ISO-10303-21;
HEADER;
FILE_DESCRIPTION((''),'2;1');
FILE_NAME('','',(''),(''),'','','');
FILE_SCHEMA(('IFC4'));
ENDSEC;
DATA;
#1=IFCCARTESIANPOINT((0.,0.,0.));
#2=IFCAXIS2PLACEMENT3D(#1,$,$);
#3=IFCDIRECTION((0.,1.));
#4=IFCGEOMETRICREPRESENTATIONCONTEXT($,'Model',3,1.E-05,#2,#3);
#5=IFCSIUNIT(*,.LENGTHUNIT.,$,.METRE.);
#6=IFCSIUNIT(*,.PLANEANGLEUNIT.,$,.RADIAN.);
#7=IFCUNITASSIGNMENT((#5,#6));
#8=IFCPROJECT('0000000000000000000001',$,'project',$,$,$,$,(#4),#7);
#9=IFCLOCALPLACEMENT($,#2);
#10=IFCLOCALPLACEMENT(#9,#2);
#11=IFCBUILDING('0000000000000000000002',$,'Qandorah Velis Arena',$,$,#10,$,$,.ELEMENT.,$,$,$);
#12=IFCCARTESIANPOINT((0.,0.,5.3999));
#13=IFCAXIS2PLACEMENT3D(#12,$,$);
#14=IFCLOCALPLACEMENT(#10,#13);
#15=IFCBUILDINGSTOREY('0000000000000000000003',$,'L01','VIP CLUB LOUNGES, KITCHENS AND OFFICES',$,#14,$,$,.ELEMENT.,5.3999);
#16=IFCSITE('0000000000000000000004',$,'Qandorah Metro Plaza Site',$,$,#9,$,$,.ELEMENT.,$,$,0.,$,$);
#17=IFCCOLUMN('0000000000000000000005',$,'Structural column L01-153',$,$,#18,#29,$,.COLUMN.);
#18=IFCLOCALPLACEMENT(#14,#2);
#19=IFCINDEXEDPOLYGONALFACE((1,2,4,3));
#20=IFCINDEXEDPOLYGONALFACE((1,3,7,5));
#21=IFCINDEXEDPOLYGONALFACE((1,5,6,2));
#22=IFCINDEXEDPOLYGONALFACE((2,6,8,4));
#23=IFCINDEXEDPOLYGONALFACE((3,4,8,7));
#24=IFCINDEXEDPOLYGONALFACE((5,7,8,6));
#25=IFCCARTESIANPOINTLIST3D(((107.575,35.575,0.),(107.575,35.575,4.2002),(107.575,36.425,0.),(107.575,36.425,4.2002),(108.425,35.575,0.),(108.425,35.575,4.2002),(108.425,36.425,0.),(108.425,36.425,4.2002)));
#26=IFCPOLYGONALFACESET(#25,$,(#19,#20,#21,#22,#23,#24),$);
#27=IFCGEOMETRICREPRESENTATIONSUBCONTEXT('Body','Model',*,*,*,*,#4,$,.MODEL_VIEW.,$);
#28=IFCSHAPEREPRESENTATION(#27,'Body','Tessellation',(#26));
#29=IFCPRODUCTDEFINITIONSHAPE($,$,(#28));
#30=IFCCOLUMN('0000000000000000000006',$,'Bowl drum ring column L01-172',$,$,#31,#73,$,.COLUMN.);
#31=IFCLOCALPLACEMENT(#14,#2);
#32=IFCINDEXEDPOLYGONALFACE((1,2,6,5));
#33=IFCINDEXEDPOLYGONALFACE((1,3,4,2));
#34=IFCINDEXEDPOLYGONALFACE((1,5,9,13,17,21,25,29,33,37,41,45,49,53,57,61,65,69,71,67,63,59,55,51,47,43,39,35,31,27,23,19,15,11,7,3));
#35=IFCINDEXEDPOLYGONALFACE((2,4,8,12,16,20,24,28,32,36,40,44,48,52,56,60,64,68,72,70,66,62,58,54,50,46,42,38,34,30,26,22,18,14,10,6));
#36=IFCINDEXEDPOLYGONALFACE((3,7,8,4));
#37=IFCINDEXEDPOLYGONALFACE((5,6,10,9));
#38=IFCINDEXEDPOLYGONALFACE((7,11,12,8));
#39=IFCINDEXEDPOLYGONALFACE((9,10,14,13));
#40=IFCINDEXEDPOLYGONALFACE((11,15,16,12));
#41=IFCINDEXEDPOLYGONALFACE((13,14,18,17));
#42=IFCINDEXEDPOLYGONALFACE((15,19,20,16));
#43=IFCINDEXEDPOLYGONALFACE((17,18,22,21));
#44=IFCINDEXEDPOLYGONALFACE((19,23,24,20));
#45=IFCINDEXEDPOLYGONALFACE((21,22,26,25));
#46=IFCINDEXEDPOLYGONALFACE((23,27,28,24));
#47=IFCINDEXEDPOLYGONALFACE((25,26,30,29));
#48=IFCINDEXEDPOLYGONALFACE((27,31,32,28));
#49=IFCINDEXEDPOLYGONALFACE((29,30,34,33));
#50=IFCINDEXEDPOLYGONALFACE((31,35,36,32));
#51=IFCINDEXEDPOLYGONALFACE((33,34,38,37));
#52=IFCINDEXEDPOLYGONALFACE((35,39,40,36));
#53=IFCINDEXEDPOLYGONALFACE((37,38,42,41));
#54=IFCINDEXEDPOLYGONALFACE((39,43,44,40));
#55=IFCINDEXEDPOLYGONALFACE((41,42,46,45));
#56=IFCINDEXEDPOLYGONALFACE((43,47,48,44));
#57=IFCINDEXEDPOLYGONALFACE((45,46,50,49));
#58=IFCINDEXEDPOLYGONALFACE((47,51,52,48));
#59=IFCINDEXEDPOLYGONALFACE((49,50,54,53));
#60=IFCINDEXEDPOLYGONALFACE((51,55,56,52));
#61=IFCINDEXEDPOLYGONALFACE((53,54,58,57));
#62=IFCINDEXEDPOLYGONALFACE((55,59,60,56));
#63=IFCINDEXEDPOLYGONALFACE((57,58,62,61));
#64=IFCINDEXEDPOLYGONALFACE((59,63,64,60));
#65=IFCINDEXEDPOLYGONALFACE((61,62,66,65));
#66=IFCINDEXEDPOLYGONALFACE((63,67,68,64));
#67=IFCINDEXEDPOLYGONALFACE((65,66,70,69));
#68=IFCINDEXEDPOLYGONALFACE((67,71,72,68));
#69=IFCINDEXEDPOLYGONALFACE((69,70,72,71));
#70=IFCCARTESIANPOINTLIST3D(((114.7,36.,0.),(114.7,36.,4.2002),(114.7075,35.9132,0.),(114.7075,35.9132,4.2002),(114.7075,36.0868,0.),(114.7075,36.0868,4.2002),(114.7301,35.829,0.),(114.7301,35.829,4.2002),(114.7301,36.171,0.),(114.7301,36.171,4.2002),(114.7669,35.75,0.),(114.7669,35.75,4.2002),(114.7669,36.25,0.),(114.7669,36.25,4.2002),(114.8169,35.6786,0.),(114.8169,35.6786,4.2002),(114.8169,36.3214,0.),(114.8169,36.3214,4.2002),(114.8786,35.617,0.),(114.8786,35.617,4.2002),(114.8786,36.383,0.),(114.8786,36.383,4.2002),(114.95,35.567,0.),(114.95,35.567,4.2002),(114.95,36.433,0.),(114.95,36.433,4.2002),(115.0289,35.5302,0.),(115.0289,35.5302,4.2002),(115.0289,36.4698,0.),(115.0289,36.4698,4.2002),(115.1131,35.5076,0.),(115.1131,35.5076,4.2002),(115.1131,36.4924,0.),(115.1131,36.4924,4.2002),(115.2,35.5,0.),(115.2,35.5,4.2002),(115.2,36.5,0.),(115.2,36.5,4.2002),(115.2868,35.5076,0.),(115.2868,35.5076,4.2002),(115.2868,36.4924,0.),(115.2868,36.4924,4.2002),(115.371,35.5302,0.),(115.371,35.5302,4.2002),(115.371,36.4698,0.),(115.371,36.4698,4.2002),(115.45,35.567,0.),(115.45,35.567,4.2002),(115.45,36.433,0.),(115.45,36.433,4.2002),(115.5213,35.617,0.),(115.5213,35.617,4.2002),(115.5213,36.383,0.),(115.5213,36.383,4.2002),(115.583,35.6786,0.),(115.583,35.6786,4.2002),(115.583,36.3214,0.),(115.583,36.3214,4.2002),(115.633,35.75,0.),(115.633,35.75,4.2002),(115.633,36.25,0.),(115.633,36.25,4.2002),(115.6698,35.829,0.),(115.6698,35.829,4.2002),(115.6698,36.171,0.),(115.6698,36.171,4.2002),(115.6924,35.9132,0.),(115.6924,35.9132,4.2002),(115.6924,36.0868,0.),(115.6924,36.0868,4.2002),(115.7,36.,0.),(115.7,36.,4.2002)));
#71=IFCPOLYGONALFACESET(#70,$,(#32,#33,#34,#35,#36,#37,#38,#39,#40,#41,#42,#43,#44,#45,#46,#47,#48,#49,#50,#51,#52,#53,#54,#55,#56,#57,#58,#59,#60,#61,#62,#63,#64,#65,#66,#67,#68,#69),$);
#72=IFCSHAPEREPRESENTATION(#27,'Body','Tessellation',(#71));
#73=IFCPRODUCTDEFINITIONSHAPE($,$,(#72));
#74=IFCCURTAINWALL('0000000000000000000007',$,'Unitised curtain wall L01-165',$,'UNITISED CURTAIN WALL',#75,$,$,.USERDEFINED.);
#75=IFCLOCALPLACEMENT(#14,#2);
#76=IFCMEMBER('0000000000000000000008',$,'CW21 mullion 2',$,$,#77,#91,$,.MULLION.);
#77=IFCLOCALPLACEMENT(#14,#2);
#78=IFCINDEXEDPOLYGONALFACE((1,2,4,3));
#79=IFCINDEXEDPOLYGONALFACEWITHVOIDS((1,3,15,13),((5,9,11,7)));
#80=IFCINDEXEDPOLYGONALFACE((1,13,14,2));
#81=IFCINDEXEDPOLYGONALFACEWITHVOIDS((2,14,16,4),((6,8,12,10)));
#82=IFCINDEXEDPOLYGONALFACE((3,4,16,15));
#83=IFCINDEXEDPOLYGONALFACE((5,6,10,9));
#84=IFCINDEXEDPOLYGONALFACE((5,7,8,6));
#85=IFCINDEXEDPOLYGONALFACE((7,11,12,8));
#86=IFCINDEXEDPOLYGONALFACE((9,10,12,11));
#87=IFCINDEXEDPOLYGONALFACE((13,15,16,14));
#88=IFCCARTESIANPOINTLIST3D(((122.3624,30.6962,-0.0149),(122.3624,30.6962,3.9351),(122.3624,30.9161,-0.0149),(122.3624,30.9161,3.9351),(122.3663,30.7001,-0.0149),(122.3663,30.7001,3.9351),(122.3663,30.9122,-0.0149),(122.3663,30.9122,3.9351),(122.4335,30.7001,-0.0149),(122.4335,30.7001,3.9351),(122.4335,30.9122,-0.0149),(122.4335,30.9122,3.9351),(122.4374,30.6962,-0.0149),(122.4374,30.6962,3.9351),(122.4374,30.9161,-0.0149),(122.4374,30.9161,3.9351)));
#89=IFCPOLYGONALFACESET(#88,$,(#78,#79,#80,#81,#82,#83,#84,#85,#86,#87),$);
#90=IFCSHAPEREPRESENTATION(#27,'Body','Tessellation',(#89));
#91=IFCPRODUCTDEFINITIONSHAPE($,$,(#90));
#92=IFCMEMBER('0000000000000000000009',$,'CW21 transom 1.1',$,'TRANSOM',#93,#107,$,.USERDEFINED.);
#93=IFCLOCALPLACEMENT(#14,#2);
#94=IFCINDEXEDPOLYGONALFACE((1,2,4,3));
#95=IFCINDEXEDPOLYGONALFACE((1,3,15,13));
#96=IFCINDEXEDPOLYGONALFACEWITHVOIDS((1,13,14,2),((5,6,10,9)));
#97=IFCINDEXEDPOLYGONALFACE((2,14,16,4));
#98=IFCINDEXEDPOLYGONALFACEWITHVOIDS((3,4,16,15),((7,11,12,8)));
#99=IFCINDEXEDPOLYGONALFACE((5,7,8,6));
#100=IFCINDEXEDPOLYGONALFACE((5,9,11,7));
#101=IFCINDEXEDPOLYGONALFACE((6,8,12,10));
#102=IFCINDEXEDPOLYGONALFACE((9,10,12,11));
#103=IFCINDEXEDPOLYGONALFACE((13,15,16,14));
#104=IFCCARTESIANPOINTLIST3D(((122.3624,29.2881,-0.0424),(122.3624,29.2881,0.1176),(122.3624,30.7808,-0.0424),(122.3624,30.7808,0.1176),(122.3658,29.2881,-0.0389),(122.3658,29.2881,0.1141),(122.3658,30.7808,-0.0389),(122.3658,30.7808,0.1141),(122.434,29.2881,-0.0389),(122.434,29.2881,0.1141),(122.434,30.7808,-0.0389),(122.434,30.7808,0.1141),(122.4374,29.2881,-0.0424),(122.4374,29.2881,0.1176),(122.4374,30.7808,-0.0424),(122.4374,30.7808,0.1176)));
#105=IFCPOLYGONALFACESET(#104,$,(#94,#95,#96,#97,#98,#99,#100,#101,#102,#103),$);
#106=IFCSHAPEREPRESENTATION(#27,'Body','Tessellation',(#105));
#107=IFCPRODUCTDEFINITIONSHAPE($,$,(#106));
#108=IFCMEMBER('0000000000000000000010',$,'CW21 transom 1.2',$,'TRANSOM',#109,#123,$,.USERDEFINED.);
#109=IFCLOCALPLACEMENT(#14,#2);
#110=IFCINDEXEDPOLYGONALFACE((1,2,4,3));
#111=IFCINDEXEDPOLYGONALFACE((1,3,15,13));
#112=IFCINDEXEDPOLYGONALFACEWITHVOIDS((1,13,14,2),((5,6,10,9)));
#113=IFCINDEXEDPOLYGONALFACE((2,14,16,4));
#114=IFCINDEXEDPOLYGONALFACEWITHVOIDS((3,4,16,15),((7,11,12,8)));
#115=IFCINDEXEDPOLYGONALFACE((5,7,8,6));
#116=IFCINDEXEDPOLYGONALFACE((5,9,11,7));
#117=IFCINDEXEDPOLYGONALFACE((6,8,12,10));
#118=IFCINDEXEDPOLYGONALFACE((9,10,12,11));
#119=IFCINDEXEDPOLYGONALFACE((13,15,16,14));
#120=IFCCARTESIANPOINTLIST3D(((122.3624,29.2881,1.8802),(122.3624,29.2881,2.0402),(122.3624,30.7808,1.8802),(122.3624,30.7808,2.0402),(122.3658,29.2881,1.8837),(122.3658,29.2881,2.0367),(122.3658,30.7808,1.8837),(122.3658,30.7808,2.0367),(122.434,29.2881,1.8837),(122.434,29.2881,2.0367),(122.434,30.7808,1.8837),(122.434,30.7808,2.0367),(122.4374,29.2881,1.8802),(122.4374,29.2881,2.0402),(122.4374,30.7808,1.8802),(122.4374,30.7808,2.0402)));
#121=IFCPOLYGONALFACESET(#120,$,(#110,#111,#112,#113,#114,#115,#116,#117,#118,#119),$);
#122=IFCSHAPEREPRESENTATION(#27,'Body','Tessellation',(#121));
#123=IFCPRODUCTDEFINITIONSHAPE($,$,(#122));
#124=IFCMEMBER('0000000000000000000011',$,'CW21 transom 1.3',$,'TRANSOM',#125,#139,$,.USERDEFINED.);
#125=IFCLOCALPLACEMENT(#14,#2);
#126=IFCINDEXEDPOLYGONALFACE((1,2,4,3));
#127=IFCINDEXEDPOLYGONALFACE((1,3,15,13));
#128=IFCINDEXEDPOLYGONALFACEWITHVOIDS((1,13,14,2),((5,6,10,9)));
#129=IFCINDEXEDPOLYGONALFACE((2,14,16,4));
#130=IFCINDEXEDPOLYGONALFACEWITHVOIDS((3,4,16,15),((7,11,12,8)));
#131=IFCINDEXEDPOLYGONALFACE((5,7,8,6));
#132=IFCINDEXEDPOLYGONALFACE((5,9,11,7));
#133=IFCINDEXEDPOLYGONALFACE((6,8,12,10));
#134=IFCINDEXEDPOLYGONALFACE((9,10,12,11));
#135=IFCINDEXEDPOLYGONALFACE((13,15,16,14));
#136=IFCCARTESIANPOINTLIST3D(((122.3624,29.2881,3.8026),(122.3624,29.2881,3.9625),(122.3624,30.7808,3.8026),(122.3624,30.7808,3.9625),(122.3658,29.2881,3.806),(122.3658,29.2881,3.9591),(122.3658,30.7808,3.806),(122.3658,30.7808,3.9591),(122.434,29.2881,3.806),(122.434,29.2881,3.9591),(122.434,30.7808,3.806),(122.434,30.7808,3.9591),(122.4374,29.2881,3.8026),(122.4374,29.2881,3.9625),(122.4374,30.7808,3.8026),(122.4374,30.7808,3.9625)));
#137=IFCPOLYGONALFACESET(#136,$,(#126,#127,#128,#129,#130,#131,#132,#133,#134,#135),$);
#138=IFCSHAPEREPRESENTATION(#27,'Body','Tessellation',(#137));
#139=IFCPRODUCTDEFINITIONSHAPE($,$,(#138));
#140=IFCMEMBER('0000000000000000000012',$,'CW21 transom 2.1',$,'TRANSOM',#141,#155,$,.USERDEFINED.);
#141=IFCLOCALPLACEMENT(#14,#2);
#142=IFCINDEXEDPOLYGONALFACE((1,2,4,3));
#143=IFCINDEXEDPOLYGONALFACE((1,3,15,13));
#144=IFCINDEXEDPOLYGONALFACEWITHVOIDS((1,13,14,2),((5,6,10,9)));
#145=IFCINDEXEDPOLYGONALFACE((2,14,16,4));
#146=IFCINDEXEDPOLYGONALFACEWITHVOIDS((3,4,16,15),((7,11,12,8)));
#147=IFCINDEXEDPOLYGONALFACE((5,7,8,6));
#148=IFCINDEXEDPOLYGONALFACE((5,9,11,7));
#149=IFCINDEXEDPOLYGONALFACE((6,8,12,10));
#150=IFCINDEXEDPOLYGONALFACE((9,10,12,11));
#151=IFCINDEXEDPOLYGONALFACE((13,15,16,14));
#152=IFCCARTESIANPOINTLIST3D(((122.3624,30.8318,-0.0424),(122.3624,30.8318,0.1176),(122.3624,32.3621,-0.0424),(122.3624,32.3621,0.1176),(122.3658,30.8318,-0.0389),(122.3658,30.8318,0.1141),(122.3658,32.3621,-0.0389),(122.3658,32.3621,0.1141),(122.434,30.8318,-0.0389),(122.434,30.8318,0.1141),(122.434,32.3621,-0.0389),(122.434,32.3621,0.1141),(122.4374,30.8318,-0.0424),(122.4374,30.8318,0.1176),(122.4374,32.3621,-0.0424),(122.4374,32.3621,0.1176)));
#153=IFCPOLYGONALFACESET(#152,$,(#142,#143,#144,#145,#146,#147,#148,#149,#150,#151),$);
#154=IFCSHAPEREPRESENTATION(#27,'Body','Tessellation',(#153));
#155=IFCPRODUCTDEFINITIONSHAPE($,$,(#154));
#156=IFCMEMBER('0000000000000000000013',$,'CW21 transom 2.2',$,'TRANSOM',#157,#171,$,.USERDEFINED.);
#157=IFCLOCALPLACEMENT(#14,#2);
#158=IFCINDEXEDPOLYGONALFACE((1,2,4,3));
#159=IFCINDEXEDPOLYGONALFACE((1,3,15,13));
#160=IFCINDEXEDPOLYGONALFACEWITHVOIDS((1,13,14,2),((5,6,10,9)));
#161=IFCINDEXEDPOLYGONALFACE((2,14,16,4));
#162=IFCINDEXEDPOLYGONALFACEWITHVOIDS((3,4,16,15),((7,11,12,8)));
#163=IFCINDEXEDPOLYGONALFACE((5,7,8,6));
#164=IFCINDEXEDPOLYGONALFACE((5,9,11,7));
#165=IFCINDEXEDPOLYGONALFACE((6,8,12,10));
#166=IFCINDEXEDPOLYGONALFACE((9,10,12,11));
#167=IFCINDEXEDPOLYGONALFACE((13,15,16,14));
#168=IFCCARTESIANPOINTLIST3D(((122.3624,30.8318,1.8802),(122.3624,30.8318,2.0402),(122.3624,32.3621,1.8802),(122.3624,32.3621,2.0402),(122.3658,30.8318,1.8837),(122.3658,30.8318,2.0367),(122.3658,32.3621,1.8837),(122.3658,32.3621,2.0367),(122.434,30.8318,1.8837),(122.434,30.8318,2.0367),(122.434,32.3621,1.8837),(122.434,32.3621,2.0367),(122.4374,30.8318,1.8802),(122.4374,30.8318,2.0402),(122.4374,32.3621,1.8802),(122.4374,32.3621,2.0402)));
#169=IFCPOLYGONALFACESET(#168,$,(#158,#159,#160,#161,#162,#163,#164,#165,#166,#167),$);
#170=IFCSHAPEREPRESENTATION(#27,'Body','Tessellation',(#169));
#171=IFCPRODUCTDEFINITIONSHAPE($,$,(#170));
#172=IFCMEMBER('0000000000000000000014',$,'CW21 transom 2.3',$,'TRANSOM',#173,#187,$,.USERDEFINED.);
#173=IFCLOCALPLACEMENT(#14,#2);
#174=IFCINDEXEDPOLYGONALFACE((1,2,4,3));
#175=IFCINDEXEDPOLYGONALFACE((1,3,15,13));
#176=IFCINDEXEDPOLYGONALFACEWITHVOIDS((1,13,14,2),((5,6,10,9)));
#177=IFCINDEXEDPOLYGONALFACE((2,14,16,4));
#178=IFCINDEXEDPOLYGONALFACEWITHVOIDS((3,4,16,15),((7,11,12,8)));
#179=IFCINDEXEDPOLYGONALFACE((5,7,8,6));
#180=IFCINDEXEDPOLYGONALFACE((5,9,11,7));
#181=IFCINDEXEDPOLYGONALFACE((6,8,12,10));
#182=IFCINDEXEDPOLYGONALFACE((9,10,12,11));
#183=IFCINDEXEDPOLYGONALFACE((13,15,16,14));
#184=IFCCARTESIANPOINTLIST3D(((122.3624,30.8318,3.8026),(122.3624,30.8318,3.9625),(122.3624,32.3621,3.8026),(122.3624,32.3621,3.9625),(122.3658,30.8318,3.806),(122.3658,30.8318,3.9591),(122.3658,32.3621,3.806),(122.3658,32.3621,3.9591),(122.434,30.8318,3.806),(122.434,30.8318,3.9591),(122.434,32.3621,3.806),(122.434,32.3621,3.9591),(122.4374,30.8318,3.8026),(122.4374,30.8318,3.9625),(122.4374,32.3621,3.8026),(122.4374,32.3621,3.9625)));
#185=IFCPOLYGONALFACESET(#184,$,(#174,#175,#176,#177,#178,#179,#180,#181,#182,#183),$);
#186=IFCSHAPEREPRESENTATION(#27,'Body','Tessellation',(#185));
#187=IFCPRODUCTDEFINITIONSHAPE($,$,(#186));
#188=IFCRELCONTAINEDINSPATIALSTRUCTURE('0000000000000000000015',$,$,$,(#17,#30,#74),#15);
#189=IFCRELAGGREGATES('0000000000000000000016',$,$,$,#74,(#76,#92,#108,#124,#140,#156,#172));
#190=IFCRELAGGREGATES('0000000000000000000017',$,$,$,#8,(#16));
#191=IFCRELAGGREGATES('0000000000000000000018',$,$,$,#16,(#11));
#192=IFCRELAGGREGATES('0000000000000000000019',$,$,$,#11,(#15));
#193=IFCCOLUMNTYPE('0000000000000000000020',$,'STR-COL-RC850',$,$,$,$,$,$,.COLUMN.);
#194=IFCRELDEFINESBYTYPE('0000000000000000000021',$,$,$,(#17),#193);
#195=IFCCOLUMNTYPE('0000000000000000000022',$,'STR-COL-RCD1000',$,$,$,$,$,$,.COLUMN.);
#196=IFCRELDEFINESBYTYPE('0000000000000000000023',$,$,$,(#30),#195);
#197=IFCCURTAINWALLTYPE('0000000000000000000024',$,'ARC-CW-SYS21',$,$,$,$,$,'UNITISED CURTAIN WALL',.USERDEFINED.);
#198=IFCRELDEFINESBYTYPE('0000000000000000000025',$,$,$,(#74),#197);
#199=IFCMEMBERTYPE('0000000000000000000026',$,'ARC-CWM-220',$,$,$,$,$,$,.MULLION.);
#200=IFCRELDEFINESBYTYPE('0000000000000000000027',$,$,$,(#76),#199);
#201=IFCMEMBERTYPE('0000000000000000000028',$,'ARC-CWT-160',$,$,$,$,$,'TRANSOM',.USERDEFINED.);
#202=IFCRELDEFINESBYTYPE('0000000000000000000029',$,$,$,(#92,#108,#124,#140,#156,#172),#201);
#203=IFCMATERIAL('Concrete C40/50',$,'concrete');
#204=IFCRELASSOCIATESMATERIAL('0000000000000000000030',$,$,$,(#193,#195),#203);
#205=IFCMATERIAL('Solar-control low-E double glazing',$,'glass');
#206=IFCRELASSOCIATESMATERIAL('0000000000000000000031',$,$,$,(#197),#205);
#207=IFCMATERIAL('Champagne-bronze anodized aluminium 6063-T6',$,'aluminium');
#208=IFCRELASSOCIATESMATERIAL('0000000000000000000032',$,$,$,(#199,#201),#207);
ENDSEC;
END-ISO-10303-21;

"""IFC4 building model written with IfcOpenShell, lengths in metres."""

from ifc_helpers import new_model, si_unit, direction, frame, origin, origin_2d, place, context, subcontext, project, spatial, rectangle, hollow_rectangle, circle, extrude, material, material_profile, profile_set, type_object, element, aggregate, save


model = new_model("IFC4")

# Units and contexts
model_context = context("Model", 3, precision=1e-05, world=origin(), true_north=direction((0.0, 1.0)))
body_context = subcontext(model_context, "Body", "Model", "MODEL_VIEW")
ifc_project = project(units=[si_unit("LENGTHUNIT", "METRE"), si_unit("PLANEANGLEUNIT", "RADIAN")], contexts=[model_context])

# Site, building, storey
site_placement = place(None, origin())
site = spatial("IfcSite", under=ifc_project, at=site_placement, Name="Qandorah Metro Plaza Site", CompositionType="ELEMENT", RefElevation=0.0)
building_placement = place(site_placement, origin())
building = spatial("IfcBuilding", under=site, at=building_placement, Name="Qandorah Velis Arena", CompositionType="ELEMENT")
storey_placement = place(building_placement, frame((0.0, 0.0, 5.3999)))
storey = spatial("IfcBuildingStorey", under=building, at=storey_placement, Name="L01", Description="VIP CLUB LOUNGES, KITCHENS AND OFFICES", CompositionType="ELEMENT", Elevation=5.3999)

# Columns
ifc_material_1 = material(Name="Concrete C40/50", Category="concrete")
ifc_material_profile_1 = material_profile(ifc_material_1, rectangle(XDim=0.8501, YDim=0.8501, at=origin_2d()), Name="RC COL 850x850")
ifc_profile_set_1 = profile_set([ifc_material_profile_1], Name="Concrete C40/50")
column_type_1 = type_object("IfcColumnType", Name="STR-COL-RC850", PredefinedType="COLUMN", material=ifc_profile_set_1)
column_1_placement = place(storey_placement, frame((108.0, 36.0, 0.0), z_axis=(0.0, 0.0, 1.0), x_axis=(1.0, 0.0, 0.0)))
element("IfcColumn", 1, at=column_1_placement, inside=storey, type_object=column_type_1, Name="Structural column L01-153", PredefinedType="COLUMN", context=body_context, shape_type="SweptSolid", body=[
    extrude(rectangle(XDim=0.8501, YDim=0.8501, at=origin_2d()), origin(), (0.0, 0.0, 1.0), 4.2002),
])
ifc_material_profile_2 = material_profile(ifc_material_1, circle(Radius=0.5, at=origin_2d()), Name="RC D1000")
ifc_profile_set_2 = profile_set([ifc_material_profile_2], Name="Concrete C40/50")
column_type_2 = type_object("IfcColumnType", Name="STR-COL-RCD1000", PredefinedType="COLUMN", material=ifc_profile_set_2)
column_2_placement = place(storey_placement, frame((115.2, 36.0, 0.0), z_axis=(0.0, 0.0, 1.0), x_axis=(1.0, 0.0, 0.0)))
element("IfcColumn", 2, at=column_2_placement, inside=storey, type_object=column_type_2, Name="Bowl drum ring column L01-172", PredefinedType="COLUMN", context=body_context, shape_type="SweptSolid", body=[
    extrude(circle(Radius=0.5, at=origin_2d()), origin(), (0.0, 0.0, 1.0), 4.2002),
])

# Curtain wall, members
ifc_material_2 = material(Name="Solar-control low-E double glazing", Category="glass")
curtain_wall_type = type_object("IfcCurtainWallType", Name="ARC-CW-SYS21", ElementType="UNITISED CURTAIN WALL", PredefinedType="USERDEFINED", material=ifc_material_2)
curtain_wall_placement = place(storey_placement, origin())
curtain_wall = element("IfcCurtainWall", 3, at=curtain_wall_placement, inside=storey, type_object=curtain_wall_type, Name="Unitised curtain wall L01-165", ObjectType="UNITISED CURTAIN WALL", PredefinedType="USERDEFINED")
ifc_material_3 = material(Name="Champagne-bronze anodized aluminium 6063-T6", Category="aluminium")
ifc_material_profile_3 = material_profile(ifc_material_3, hollow_rectangle(XDim=0.075, YDim=0.22, WallThickness=0.0039, at=origin_2d()), Name="ALU MULLION 75x220")
ifc_profile_set_3 = profile_set([ifc_material_profile_3], Name="Champagne-bronze anodized aluminium 6063-T6")
member_type_1 = type_object("IfcMemberType", Name="ARC-CWM-220", PredefinedType="MULLION", material=ifc_profile_set_3)
member_1_placement = place(storey_placement, frame((122.3999, 30.8062, -0.0149), z_axis=(0.0, 0.0, 1.0), x_axis=(-1.0, 0.0, 0.0)))
member_1 = element("IfcMember", 4, at=member_1_placement, type_object=member_type_1, Name="CW21 mullion 2", PredefinedType="MULLION", context=body_context, shape_type="SweptSolid", body=[
    extrude(hollow_rectangle(XDim=0.075, YDim=0.22, WallThickness=0.0039, at=origin_2d()), origin(), (0.0, 0.0, 1.0), 3.95),
])
ifc_material_profile_4 = material_profile(ifc_material_3, hollow_rectangle(XDim=0.075, YDim=0.1599, WallThickness=0.0034, at=origin_2d()), Name="ALU TRANSOM 75x160")
ifc_profile_set_4 = profile_set([ifc_material_profile_4], Name="Champagne-bronze anodized aluminium 6063-T6")
member_type_2 = type_object("IfcMemberType", Name="ARC-CWT-160", ElementType="TRANSOM", PredefinedType="USERDEFINED", material=ifc_profile_set_4)
member_2_placement = place(storey_placement, frame((122.3999, 29.2881, 0.0376), z_axis=(0.0, 1.0, 0.0), x_axis=(-1.0, 0.0, 0.0)))
member_2 = element("IfcMember", 5, at=member_2_placement, type_object=member_type_2, Name="CW21 transom 1.1", ObjectType="TRANSOM", PredefinedType="USERDEFINED", context=body_context, shape_type="SweptSolid", body=[
    extrude(hollow_rectangle(XDim=0.075, YDim=0.1599, WallThickness=0.0034, at=origin_2d()), origin(), (0.0, 0.0, 1.0), 1.4927),
])
member_3_placement = place(storey_placement, frame((122.3999, 29.2881, 1.9602), z_axis=(0.0, 1.0, 0.0), x_axis=(-1.0, 0.0, 0.0)))
member_3 = element("IfcMember", 6, at=member_3_placement, type_object=member_type_2, Name="CW21 transom 1.2", ObjectType="TRANSOM", PredefinedType="USERDEFINED", context=body_context, shape_type="SweptSolid", body=[
    extrude(hollow_rectangle(XDim=0.075, YDim=0.1599, WallThickness=0.0034, at=origin_2d()), origin(), (0.0, 0.0, 1.0), 1.4927),
])
member_4_placement = place(storey_placement, frame((122.3999, 29.2881, 3.8826), z_axis=(0.0, 1.0, 0.0), x_axis=(-1.0, 0.0, 0.0)))
member_4 = element("IfcMember", 7, at=member_4_placement, type_object=member_type_2, Name="CW21 transom 1.3", ObjectType="TRANSOM", PredefinedType="USERDEFINED", context=body_context, shape_type="SweptSolid", body=[
    extrude(hollow_rectangle(XDim=0.075, YDim=0.1599, WallThickness=0.0034, at=origin_2d()), origin(), (0.0, 0.0, 1.0), 1.4927),
])
member_5_placement = place(storey_placement, frame((122.3999, 30.8318, 0.0376), z_axis=(0.0, 1.0, 0.0), x_axis=(-1.0, 0.0, 0.0)))
member_5 = element("IfcMember", 8, at=member_5_placement, type_object=member_type_2, Name="CW21 transom 2.1", ObjectType="TRANSOM", PredefinedType="USERDEFINED", context=body_context, shape_type="SweptSolid", body=[
    extrude(hollow_rectangle(XDim=0.075, YDim=0.1599, WallThickness=0.0034, at=origin_2d()), origin(), (0.0, 0.0, 1.0), 1.5303),
])
member_6_placement = place(storey_placement, frame((122.3999, 30.8318, 1.9602), z_axis=(0.0, 1.0, 0.0), x_axis=(-1.0, 0.0, 0.0)))
member_6 = element("IfcMember", 9, at=member_6_placement, type_object=member_type_2, Name="CW21 transom 2.2", ObjectType="TRANSOM", PredefinedType="USERDEFINED", context=body_context, shape_type="SweptSolid", body=[
    extrude(hollow_rectangle(XDim=0.075, YDim=0.1599, WallThickness=0.0034, at=origin_2d()), origin(), (0.0, 0.0, 1.0), 1.5303),
])
member_7_placement = place(storey_placement, frame((122.3999, 30.8318, 3.8826), z_axis=(0.0, 1.0, 0.0), x_axis=(-1.0, 0.0, 0.0)))
member_7 = element("IfcMember", 10, at=member_7_placement, type_object=member_type_2, Name="CW21 transom 2.3", ObjectType="TRANSOM", PredefinedType="USERDEFINED", context=body_context, shape_type="SweptSolid", body=[
    extrude(hollow_rectangle(XDim=0.075, YDim=0.1599, WallThickness=0.0034, at=origin_2d()), origin(), (0.0, 0.0, 1.0), 1.5303),
])

aggregate(curtain_wall, [member_1, member_2, member_3, member_4, member_5, member_6, member_7])

save(model, "model.ifc")
